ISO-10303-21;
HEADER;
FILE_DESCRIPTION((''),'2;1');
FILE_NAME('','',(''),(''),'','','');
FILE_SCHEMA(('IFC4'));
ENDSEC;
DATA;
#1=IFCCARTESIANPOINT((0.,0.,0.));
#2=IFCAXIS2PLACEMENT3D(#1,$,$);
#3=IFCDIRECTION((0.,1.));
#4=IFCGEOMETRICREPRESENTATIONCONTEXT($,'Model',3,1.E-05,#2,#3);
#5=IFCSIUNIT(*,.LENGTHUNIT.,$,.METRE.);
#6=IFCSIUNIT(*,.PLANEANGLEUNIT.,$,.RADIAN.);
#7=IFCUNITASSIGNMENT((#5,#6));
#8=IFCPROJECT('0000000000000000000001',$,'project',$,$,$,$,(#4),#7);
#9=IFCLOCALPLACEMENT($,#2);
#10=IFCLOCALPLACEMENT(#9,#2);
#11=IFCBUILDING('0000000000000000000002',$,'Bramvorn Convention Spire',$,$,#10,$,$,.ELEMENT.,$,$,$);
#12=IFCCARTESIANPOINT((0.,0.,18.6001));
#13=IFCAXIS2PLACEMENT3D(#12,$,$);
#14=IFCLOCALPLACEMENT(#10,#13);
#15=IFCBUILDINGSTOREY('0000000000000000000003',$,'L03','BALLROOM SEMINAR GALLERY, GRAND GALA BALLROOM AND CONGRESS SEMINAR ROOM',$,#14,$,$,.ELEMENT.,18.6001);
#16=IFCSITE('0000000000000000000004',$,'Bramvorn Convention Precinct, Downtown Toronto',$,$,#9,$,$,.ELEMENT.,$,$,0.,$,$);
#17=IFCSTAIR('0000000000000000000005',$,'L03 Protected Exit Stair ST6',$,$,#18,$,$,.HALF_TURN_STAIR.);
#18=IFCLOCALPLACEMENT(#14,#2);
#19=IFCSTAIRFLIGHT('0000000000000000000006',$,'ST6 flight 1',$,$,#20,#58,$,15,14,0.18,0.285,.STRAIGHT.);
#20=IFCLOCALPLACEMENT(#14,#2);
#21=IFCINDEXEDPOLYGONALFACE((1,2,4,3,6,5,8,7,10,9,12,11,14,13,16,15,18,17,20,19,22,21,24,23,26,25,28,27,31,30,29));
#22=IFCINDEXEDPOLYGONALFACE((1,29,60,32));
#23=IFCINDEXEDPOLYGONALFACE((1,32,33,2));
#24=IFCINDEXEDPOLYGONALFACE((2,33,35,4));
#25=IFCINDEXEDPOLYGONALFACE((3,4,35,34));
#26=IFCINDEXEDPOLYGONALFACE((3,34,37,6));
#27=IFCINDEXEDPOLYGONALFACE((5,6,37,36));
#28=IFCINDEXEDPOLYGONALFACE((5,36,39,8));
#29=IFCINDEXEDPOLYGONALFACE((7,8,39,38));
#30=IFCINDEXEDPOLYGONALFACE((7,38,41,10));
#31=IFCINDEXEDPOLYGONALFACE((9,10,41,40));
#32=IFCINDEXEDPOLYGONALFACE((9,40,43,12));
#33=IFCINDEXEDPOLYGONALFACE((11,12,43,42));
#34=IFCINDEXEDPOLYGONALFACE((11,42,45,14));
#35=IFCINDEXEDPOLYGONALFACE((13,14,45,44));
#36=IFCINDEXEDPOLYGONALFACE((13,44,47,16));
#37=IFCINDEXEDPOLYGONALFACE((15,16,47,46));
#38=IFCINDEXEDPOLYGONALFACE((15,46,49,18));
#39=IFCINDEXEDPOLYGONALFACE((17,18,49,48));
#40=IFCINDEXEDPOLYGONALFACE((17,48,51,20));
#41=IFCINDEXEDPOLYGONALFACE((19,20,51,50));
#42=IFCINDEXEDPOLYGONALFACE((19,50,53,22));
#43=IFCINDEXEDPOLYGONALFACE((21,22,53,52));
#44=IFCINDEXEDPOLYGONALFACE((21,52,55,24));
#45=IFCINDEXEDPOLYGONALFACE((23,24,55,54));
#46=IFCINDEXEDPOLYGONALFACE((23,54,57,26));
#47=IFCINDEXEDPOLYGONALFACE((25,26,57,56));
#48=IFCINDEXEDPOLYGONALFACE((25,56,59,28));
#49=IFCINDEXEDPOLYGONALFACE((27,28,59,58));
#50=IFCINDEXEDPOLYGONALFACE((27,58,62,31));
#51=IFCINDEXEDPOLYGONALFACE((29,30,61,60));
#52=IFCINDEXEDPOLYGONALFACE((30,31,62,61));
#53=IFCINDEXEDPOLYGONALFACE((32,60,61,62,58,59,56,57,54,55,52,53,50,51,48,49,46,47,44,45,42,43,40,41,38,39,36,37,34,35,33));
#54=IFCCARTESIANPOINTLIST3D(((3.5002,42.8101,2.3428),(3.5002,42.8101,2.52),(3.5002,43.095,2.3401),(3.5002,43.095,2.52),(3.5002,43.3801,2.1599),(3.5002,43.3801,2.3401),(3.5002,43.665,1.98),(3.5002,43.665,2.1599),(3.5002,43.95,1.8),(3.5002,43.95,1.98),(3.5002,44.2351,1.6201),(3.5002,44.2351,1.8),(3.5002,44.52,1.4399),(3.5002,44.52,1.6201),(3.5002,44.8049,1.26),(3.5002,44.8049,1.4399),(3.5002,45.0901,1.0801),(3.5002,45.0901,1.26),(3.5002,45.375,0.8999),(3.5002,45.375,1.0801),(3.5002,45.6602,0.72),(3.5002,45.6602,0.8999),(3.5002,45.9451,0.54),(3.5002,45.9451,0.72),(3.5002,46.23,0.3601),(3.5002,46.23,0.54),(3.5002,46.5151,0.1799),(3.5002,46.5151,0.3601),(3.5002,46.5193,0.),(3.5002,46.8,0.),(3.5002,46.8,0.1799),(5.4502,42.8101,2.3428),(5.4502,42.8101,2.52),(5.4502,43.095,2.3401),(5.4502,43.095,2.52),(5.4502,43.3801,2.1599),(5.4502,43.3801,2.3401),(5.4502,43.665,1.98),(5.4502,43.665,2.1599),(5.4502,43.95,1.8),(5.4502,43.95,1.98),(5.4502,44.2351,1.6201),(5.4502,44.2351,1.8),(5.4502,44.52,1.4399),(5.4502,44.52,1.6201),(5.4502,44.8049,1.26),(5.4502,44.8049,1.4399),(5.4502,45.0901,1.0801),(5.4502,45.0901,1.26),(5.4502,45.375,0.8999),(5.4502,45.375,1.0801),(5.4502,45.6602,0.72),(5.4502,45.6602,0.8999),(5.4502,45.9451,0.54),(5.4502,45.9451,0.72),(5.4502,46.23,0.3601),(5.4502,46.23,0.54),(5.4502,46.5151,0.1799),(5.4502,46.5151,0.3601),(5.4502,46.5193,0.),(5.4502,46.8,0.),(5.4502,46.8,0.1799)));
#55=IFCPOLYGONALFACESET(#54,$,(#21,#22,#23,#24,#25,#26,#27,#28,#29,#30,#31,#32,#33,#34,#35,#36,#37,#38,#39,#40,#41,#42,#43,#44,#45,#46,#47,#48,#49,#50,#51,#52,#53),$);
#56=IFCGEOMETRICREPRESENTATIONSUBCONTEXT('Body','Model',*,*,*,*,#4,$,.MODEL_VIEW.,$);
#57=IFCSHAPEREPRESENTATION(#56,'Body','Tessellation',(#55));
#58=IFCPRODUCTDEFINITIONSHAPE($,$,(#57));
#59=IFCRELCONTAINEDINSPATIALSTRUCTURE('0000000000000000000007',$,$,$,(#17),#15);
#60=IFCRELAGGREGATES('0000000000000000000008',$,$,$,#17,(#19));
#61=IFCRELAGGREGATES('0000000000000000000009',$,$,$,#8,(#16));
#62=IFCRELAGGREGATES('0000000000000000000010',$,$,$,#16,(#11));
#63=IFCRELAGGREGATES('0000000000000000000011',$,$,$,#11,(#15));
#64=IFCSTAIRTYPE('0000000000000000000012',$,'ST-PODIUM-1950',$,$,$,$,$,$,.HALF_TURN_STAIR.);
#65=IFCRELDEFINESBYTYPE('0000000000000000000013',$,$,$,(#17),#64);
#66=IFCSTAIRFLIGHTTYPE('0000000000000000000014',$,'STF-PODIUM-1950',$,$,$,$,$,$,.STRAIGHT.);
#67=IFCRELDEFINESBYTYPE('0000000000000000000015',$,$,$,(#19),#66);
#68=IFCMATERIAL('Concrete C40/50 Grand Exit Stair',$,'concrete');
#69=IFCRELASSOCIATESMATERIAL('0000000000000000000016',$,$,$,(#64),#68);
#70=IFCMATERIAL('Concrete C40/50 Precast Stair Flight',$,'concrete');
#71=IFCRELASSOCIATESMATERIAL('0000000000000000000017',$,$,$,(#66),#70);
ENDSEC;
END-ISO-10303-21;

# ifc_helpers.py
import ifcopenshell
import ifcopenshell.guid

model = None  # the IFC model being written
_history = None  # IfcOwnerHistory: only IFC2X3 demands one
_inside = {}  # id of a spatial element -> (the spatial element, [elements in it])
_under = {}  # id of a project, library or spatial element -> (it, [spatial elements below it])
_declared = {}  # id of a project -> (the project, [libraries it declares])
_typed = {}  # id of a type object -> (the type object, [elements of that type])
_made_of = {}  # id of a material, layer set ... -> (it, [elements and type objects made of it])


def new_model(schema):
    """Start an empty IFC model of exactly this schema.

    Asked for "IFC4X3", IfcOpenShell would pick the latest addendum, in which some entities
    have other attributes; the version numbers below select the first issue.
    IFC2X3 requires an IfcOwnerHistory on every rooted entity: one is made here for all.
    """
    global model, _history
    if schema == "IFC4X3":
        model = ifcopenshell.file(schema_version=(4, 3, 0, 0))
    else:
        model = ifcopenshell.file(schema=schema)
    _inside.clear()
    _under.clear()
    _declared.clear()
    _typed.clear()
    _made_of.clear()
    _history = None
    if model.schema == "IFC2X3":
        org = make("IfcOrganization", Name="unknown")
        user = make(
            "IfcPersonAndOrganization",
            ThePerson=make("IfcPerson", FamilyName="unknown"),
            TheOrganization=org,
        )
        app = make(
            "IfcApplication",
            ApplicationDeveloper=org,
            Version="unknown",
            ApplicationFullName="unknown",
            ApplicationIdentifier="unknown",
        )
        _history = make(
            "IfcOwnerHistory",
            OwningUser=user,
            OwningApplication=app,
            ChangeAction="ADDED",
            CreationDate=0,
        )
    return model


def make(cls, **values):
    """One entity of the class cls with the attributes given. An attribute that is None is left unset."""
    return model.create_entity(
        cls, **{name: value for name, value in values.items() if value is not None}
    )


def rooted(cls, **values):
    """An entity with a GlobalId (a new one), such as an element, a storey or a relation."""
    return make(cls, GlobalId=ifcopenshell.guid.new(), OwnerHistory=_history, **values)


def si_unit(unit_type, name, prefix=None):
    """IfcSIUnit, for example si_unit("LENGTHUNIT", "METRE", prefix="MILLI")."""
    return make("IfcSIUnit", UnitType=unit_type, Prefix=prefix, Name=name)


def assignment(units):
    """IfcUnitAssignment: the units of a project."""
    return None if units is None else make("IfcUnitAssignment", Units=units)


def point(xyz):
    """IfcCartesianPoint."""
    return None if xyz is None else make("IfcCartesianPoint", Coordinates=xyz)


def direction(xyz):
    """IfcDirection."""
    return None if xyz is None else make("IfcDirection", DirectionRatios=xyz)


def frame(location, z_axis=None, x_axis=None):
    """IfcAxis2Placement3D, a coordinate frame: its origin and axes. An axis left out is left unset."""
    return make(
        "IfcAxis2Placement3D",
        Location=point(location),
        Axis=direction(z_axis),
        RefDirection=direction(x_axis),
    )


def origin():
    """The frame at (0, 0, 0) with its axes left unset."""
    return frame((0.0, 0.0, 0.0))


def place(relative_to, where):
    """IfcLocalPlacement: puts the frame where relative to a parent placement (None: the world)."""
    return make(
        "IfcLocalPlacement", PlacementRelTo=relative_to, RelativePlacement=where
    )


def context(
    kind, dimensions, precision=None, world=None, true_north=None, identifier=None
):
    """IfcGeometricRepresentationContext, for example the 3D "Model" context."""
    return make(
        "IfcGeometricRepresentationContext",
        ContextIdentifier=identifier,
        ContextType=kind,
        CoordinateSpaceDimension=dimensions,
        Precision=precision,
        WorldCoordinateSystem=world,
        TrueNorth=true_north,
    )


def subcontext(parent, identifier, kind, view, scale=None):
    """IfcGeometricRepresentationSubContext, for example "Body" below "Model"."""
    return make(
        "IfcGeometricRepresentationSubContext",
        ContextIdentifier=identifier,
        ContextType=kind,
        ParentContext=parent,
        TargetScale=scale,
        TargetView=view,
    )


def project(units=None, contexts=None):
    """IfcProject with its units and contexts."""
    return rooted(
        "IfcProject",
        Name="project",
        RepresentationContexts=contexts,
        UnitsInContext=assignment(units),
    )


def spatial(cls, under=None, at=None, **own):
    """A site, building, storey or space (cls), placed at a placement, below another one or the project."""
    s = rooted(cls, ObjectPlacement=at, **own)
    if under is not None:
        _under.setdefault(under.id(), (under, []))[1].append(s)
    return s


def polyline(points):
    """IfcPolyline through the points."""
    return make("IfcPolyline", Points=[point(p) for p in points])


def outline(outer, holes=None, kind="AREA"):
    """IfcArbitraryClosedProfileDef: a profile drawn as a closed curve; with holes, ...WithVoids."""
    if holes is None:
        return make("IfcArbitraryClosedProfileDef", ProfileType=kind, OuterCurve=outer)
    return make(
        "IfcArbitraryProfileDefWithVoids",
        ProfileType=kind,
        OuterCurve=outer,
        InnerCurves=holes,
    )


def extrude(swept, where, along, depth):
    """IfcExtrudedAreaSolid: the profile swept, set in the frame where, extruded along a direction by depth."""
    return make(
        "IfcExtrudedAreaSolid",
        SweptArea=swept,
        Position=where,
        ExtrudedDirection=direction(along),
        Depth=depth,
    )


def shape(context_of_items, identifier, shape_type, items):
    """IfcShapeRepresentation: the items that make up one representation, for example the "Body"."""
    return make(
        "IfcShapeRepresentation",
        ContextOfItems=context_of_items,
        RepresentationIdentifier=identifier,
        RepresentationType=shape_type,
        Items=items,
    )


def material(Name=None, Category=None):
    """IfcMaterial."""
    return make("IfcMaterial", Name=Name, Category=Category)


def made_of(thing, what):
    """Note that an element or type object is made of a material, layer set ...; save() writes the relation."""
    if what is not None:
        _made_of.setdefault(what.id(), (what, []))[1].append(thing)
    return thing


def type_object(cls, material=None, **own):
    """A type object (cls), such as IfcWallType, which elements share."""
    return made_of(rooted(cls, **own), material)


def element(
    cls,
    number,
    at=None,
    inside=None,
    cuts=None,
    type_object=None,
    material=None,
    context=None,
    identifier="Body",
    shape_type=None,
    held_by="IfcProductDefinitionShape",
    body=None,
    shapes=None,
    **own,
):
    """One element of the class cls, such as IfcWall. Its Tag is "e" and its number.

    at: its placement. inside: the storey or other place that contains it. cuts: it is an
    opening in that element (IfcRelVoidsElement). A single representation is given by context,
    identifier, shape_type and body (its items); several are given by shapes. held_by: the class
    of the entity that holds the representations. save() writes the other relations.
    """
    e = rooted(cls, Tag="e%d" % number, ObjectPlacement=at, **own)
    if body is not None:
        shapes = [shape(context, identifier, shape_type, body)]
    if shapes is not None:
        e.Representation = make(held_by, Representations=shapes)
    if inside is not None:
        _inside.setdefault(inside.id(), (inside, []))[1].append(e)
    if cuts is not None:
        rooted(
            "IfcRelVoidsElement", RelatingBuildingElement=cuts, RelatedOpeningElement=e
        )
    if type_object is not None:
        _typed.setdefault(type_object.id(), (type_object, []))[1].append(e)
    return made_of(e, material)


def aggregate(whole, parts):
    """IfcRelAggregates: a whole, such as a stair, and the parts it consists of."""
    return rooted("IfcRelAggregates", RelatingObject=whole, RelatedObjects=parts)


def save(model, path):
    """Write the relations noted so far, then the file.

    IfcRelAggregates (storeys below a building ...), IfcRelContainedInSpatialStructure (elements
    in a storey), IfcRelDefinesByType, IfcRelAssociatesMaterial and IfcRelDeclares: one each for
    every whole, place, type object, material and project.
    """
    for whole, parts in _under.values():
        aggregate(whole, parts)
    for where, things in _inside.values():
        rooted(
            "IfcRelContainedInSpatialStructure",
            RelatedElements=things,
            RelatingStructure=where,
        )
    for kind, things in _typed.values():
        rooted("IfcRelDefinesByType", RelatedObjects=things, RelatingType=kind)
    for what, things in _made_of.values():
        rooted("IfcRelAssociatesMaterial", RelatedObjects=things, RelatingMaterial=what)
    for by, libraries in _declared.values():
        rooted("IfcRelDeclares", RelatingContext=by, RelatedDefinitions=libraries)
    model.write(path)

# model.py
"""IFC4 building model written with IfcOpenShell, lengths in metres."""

from ifc_helpers import new_model, si_unit, direction, frame, origin, place, context, subcontext, project, spatial, polyline, outline, extrude, material, type_object, element, aggregate, save


model = new_model("IFC4")

# Units and contexts
model_context = context("Model", 3, precision=1e-05, world=origin(), true_north=direction((0.0, 1.0)))
body_context = subcontext(model_context, "Body", "Model", "MODEL_VIEW")
ifc_project = project(units=[si_unit("LENGTHUNIT", "METRE"), si_unit("PLANEANGLEUNIT", "RADIAN")], contexts=[model_context])

# Site, building, storey
site_placement = place(None, origin())
site = spatial("IfcSite", under=ifc_project, at=site_placement, Name="Bramvorn Convention Precinct, Downtown Toronto", CompositionType="ELEMENT", RefElevation=0.0)
building_placement = place(site_placement, origin())
building = spatial("IfcBuilding", under=site, at=building_placement, Name="Bramvorn Convention Spire", CompositionType="ELEMENT")
storey_placement = place(building_placement, frame((0.0, 0.0, 18.6001)))
storey = spatial("IfcBuildingStorey", under=building, at=storey_placement, Name="L03", Description="BALLROOM SEMINAR GALLERY, GRAND GALA BALLROOM AND CONGRESS SEMINAR ROOM", CompositionType="ELEMENT", Elevation=18.6001)

# Stair, stair flight
ifc_material_1 = material(Name="Concrete C40/50 Grand Exit Stair", Category="concrete")
stair_type = type_object("IfcStairType", Name="ST-PODIUM-1950", PredefinedType="HALF_TURN_STAIR", material=ifc_material_1)
stair_placement = place(storey_placement, origin())
stair = element("IfcStair", 1, at=stair_placement, inside=storey, type_object=stair_type, Name="L03 Protected Exit Stair ST6", PredefinedType="HALF_TURN_STAIR")
ifc_material_2 = material(Name="Concrete C40/50 Precast Stair Flight", Category="concrete")
stair_flight_type = type_object("IfcStairFlightType", Name="STF-PODIUM-1950", PredefinedType="STRAIGHT", material=ifc_material_2)
stair_flight_placement = place(storey_placement, frame((4.4751, 46.8, 0.0), z_axis=(0.0, 0.0, 1.0), x_axis=(0.0, -1.0, 0.0)))
stair_flight = element("IfcStairFlight", 2, at=stair_flight_placement, type_object=stair_flight_type, Name="ST6 flight 1", NumberOfRisers=15, NumberOfTreads=14, PredefinedType="STRAIGHT", RiserHeight=0.18, TreadLength=0.285, context=body_context, shape_type="SweptSolid", body=[
    extrude(outline(polyline([(0.0, 0.0), (0.0, 0.1799), (0.2849, 0.1799), (0.2849, 0.3601), (0.5701, 0.3601), (0.5701, 0.54), (0.855, 0.54), (0.855, 0.72), (1.1399, 0.72), (1.1399, 0.8999), (1.425, 0.8999), (1.425, 1.0801), (1.71, 1.0801), (1.71, 1.26), (1.9951, 1.26), (1.9951, 1.4399), (2.28, 1.4399), (2.28, 1.6201), (2.5649, 1.6201), (2.5649, 1.8), (2.8501, 1.8), (2.8501, 1.98), (3.135, 1.98), (3.135, 2.1599), (3.4199, 2.1599), (3.4199, 2.3401), (3.7051, 2.3401), (3.7051, 2.52), (3.99, 2.52), (3.99, 2.7), (3.99, 2.3428), (0.2808, 0.0), (0.0, 0.0)])), frame((0.0, 0.9751, 0.0), z_axis=(0.0, -1.0, 0.0), x_axis=(1.0, 0.0, 0.0)), (0.0, 0.0, 1.0), 1.95),
])
aggregate(stair, [stair_flight])

save(model, "model.ifc")
